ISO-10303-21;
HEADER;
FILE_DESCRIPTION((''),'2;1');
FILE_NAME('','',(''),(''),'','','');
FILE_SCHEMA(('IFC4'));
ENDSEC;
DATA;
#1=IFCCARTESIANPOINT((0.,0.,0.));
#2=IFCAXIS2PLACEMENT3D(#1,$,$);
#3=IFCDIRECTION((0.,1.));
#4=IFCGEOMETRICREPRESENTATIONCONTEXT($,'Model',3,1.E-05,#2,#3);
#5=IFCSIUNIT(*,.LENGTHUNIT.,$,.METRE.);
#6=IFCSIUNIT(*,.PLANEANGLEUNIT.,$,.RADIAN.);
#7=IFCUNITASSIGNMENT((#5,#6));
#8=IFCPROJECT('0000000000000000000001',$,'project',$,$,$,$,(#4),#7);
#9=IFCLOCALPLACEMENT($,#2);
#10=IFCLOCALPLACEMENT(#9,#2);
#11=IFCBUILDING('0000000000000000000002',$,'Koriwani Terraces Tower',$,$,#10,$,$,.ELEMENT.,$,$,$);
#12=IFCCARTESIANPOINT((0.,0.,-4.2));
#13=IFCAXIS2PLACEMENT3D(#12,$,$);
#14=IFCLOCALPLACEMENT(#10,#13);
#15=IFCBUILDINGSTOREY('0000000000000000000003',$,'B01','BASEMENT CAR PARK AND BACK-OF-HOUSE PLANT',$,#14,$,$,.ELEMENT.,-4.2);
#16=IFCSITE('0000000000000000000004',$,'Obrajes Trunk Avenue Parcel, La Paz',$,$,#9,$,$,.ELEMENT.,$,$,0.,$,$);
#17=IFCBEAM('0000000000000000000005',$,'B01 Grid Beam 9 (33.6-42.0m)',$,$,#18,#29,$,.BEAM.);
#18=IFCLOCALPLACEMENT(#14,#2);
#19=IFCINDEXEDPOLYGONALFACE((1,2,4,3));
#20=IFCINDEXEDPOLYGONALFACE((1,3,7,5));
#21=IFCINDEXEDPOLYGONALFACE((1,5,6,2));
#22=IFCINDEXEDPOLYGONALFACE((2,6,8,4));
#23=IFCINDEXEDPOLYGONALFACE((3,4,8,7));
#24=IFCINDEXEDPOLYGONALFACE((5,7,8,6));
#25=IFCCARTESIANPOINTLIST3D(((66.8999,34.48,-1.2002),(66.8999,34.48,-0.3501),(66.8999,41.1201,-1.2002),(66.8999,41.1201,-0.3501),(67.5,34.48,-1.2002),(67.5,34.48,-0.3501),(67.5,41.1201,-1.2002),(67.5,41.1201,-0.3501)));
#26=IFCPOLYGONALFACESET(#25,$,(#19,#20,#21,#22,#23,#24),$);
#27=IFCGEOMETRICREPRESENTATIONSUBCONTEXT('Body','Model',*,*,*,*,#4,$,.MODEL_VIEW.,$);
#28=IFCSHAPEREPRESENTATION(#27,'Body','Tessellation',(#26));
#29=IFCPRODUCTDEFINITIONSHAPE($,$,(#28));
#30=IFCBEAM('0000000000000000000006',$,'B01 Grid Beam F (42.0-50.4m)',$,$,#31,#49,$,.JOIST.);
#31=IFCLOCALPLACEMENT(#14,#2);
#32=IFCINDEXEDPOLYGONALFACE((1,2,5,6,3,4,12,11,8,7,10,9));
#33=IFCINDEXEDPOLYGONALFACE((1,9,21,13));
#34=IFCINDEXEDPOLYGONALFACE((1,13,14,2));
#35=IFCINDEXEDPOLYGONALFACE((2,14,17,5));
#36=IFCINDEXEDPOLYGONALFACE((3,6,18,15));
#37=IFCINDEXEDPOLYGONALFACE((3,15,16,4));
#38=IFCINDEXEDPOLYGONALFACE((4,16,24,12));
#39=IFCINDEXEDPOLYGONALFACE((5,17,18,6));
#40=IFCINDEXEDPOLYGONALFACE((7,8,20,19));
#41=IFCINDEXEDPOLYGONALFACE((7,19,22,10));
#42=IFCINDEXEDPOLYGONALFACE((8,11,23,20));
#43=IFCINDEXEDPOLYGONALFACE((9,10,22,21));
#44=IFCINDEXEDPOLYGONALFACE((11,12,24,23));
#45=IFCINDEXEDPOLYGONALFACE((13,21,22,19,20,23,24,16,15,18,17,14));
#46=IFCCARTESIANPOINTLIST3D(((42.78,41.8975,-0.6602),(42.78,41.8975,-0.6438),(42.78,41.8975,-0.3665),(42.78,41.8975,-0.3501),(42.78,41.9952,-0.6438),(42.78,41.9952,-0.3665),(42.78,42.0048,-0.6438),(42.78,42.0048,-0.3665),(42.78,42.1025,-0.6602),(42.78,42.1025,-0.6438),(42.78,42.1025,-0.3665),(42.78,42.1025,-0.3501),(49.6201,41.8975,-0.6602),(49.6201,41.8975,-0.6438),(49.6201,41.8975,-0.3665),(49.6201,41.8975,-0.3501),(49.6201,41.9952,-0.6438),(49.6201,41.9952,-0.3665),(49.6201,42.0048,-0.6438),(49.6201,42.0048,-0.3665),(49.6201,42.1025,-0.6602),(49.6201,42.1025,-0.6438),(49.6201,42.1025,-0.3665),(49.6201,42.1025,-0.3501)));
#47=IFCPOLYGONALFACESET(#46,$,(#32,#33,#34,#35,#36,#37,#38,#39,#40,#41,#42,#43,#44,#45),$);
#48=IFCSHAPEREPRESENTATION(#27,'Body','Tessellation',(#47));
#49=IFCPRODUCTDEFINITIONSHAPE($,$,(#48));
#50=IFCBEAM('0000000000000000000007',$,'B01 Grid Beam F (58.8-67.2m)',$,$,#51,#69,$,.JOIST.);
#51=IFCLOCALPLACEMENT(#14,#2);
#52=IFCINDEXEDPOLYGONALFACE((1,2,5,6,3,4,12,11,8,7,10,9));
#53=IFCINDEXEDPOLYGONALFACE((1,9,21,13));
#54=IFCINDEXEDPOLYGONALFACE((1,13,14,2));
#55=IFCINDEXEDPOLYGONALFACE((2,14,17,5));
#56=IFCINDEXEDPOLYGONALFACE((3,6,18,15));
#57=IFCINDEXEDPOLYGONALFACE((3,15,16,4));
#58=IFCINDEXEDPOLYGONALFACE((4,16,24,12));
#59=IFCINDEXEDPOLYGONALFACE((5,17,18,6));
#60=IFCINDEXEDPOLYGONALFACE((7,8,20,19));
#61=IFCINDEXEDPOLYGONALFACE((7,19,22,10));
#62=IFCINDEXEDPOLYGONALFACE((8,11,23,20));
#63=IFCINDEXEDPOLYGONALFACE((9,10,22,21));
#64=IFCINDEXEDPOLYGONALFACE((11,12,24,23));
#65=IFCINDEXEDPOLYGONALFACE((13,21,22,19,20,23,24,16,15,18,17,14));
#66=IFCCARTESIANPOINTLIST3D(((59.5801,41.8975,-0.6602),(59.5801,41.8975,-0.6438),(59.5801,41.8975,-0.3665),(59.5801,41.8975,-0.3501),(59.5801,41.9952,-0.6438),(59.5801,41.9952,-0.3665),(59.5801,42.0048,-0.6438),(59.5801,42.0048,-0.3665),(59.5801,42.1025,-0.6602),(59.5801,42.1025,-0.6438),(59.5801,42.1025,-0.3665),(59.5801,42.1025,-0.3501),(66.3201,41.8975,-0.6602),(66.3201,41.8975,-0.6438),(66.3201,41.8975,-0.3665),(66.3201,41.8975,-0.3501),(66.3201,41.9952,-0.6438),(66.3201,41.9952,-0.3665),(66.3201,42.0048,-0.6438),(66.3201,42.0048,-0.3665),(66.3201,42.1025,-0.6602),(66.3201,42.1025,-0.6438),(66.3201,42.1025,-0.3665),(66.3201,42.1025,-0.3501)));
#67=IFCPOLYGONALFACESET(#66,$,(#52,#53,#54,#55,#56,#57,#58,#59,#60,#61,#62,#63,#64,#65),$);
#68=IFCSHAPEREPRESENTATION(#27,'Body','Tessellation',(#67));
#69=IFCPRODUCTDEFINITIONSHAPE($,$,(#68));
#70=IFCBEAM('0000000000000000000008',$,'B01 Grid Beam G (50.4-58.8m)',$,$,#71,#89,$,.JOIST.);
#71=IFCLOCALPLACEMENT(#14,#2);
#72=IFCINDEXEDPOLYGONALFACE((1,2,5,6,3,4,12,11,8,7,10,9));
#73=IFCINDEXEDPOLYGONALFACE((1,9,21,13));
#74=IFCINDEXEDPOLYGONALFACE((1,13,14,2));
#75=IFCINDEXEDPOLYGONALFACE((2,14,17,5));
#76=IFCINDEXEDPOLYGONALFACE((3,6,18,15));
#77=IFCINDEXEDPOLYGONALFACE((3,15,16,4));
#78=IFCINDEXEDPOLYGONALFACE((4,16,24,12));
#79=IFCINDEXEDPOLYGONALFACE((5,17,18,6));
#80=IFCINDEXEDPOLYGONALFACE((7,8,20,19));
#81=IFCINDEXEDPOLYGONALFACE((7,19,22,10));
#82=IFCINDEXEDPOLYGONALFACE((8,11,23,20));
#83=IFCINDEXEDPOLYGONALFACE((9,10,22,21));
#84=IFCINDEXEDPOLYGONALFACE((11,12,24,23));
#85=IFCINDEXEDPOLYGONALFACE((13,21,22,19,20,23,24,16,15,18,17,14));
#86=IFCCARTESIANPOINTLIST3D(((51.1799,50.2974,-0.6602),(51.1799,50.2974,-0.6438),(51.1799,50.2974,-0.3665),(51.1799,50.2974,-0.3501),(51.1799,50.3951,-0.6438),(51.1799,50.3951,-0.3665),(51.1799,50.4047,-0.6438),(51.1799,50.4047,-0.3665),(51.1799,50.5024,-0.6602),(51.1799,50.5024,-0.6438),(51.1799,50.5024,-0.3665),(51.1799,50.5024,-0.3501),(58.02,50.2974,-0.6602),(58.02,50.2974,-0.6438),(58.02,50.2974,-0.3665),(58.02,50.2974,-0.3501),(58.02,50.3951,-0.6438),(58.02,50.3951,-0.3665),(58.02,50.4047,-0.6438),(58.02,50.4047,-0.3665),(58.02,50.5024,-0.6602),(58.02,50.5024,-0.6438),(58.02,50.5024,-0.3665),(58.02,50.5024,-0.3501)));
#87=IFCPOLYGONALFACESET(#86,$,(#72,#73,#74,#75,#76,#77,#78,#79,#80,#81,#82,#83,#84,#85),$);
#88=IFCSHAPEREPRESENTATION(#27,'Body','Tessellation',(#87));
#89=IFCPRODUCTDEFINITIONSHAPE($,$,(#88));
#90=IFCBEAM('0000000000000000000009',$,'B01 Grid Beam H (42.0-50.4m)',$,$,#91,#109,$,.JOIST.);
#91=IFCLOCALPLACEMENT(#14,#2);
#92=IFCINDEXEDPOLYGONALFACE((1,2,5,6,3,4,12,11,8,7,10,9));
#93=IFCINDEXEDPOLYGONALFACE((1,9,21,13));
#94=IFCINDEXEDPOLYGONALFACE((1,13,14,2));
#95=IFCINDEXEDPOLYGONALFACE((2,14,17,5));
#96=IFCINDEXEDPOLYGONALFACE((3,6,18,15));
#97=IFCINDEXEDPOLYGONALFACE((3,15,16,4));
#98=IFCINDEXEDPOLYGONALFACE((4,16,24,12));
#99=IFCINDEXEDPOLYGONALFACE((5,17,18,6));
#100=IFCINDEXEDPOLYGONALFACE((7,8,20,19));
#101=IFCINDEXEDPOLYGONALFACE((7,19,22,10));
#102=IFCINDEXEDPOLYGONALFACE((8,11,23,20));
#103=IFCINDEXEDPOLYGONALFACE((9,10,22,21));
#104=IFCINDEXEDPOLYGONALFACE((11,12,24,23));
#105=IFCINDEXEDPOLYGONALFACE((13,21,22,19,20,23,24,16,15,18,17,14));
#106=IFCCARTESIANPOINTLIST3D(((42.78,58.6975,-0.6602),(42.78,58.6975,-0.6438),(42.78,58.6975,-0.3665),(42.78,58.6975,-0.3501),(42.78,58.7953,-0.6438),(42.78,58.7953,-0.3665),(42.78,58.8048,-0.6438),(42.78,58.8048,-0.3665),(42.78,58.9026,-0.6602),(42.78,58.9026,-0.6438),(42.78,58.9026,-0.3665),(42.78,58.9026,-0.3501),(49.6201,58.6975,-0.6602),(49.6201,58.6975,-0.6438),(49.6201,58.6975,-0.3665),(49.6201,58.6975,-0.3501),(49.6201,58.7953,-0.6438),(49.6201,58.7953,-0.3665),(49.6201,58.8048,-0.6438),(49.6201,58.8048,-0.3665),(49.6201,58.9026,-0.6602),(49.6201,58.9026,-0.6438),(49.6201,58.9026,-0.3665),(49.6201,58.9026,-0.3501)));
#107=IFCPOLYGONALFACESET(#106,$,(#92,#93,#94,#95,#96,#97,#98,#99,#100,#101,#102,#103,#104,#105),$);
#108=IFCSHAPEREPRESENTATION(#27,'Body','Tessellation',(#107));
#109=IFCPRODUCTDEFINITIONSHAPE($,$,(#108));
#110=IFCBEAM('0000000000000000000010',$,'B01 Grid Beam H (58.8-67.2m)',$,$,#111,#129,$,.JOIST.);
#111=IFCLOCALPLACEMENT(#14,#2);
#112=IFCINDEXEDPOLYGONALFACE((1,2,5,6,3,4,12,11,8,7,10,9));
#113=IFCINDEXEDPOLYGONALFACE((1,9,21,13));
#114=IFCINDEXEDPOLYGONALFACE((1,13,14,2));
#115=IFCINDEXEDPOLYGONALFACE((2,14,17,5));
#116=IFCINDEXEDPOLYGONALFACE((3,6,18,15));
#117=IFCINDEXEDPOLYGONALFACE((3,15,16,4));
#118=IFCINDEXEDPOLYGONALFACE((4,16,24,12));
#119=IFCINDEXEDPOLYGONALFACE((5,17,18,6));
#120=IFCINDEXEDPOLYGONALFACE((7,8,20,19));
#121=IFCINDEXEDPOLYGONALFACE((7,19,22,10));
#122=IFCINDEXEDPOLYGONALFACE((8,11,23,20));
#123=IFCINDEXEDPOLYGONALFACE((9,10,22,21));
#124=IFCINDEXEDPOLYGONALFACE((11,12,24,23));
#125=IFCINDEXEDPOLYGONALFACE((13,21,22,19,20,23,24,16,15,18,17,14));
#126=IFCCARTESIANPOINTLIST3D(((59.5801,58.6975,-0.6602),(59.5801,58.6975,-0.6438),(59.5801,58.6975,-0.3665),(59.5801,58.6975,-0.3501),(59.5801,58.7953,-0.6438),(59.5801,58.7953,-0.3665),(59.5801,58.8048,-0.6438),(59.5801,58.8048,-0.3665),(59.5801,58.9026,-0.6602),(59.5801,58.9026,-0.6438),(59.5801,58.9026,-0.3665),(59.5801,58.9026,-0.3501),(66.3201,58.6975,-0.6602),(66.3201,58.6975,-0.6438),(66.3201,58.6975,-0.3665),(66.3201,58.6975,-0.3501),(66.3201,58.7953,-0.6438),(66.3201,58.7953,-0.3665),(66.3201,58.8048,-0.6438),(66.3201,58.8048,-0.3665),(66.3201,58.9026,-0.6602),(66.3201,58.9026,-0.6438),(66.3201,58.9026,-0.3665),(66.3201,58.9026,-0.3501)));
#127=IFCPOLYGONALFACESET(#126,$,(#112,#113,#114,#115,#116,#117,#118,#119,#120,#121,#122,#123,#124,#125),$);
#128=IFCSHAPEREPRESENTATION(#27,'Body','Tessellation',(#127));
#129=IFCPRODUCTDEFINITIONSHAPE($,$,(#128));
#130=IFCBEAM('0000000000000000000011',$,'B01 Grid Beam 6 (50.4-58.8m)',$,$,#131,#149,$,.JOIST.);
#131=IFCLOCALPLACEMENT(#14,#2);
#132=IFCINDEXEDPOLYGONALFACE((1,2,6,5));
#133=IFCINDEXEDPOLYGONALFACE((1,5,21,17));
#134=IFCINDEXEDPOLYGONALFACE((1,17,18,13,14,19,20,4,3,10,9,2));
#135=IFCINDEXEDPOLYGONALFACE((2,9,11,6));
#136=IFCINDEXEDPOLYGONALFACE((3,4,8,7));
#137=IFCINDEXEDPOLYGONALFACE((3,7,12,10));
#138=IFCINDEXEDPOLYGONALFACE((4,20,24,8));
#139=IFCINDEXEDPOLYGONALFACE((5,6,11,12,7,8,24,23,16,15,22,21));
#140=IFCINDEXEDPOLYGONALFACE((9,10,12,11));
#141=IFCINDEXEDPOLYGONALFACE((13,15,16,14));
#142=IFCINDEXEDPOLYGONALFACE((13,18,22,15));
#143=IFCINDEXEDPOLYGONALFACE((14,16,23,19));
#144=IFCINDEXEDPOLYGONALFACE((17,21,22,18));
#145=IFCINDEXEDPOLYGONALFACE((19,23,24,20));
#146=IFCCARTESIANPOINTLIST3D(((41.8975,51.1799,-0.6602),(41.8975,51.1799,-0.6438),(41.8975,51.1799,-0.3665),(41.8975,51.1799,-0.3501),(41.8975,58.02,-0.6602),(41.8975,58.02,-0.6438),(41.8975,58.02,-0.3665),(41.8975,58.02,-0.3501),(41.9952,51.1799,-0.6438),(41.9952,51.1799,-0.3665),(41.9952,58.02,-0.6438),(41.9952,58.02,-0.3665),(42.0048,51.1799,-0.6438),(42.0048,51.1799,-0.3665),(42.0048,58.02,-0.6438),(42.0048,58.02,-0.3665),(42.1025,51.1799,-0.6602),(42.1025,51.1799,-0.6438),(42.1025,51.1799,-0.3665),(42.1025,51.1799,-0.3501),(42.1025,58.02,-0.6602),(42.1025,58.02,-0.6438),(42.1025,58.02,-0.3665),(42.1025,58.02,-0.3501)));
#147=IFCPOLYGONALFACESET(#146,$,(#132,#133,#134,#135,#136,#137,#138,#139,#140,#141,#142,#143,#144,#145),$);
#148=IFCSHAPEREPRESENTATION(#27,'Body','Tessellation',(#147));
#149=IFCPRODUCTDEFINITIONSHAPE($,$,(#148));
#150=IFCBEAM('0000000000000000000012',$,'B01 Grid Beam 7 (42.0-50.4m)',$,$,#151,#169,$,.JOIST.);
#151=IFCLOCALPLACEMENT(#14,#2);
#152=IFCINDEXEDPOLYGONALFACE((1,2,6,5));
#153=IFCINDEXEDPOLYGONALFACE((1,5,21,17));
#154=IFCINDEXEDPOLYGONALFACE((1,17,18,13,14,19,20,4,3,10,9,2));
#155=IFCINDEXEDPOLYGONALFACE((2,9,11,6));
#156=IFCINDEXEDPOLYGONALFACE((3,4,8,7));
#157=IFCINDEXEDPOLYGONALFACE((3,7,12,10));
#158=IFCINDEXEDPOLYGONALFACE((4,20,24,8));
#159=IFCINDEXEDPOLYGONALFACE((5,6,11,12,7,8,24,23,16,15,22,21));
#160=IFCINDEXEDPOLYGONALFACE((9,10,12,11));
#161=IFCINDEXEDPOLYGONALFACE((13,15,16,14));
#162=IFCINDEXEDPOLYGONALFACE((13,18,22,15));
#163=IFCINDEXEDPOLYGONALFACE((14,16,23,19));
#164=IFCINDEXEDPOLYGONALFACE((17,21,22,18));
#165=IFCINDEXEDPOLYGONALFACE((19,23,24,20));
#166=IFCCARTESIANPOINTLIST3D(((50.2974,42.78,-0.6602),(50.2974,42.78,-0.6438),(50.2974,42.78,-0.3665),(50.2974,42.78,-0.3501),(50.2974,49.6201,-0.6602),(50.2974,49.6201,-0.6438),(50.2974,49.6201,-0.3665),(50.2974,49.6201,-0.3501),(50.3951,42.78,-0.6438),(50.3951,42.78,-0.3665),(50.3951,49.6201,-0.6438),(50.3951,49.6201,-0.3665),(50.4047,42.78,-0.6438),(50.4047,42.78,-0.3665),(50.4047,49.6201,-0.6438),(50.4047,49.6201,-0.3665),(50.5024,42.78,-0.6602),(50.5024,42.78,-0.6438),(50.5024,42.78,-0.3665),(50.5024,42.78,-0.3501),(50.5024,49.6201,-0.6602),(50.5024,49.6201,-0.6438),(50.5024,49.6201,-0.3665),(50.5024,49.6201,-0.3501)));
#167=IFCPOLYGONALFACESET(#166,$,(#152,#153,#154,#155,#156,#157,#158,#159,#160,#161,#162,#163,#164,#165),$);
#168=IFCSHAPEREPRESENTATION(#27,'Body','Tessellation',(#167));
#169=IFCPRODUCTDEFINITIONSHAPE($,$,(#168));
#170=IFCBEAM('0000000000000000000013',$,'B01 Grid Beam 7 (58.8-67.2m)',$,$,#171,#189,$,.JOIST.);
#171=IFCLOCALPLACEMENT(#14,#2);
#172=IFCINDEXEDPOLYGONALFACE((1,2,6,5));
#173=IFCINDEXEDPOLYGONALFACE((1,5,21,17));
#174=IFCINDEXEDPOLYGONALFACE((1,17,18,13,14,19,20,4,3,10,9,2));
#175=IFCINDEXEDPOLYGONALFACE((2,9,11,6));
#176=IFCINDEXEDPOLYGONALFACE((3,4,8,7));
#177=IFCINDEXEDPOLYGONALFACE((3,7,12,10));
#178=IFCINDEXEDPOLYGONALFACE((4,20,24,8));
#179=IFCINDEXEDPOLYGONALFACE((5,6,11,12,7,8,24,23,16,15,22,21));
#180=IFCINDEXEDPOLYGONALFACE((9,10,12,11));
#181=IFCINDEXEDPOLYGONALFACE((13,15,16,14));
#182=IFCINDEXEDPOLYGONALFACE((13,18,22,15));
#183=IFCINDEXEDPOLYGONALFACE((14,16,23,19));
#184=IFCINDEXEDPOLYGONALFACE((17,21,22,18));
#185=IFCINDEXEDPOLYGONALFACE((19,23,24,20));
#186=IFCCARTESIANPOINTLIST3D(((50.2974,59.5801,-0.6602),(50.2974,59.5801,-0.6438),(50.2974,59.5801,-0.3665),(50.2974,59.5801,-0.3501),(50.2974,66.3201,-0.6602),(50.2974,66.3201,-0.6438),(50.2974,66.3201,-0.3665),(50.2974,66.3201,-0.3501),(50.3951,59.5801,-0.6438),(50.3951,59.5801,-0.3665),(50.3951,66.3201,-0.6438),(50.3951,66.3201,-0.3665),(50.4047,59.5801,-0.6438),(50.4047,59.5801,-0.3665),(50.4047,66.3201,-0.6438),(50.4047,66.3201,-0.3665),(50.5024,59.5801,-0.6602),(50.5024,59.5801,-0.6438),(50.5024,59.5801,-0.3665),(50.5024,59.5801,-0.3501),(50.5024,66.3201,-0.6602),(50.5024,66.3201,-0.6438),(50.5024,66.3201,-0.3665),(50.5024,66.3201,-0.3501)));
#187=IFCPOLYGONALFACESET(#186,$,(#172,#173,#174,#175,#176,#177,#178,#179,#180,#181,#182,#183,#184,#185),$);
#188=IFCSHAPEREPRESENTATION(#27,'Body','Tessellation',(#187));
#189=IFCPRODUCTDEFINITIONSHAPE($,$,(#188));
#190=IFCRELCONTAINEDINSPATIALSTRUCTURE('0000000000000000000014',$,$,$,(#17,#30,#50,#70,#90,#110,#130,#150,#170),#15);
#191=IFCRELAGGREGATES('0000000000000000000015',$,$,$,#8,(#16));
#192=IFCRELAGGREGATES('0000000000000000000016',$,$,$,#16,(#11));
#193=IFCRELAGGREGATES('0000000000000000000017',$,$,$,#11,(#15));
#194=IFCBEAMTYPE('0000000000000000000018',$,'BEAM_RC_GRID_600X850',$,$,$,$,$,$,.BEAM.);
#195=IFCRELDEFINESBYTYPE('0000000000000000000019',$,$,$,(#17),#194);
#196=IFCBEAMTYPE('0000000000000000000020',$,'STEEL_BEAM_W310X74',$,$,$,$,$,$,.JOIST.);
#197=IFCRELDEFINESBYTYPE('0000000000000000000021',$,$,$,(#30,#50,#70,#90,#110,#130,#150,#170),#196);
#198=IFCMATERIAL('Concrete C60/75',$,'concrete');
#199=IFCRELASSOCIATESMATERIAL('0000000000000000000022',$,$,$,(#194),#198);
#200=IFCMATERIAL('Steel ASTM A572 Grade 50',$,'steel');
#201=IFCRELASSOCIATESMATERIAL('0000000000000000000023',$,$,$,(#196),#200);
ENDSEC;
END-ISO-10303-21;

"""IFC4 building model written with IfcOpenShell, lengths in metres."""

from ifc_helpers import new_model, si_unit, direction, frame, origin, origin_2d, place, context, subcontext, project, spatial, rectangle, i_section, extrude, material, material_profile, profile_set, type_object, element, save


model = new_model("IFC4")

# Units and contexts
model_context = context("Model", 3, precision=1e-05, world=origin(), true_north=direction((0.0, 1.0)))
body_context = subcontext(model_context, "Body", "Model", "MODEL_VIEW")
ifc_project = project(units=[si_unit("LENGTHUNIT", "METRE"), si_unit("PLANEANGLEUNIT", "RADIAN")], contexts=[model_context])

# Site, building, storey
site_placement = place(None, origin())
site = spatial("IfcSite", under=ifc_project, at=site_placement, Name="Obrajes Trunk Avenue Parcel, La Paz", CompositionType="ELEMENT", RefElevation=0.0)
building_placement = place(site_placement, origin())
building = spatial("IfcBuilding", under=site, at=building_placement, Name="Koriwani Terraces Tower", CompositionType="ELEMENT")
storey_placement = place(building_placement, frame((0.0, 0.0, -4.2)))
storey = spatial("IfcBuildingStorey", under=building, at=storey_placement, Name="B01", Description="BASEMENT CAR PARK AND BACK-OF-HOUSE PLANT", CompositionType="ELEMENT", Elevation=-4.2)

# Shared definitions
ifc_material_1 = material(Name="Concrete C60/75", Category="concrete")

# Beams
ifc_material_profile_1 = material_profile(ifc_material_1, rectangle(XDim=0.6001, YDim=0.8501, at=origin_2d()), Name="Concrete C60/75", Category="LoadBearing")
ifc_profile_set_1 = profile_set([ifc_material_profile_1], Name="Concrete C60/75")
beam_type_1 = type_object("IfcBeamType", Name="BEAM_RC_GRID_600X850", PredefinedType="BEAM", material=ifc_profile_set_1)
beam_1_placement = place(storey_placement, frame((67.2, 34.48, -0.7751), z_axis=(0.0, 1.0, 0.0), x_axis=(-1.0, 0.0, 0.0)))
element("IfcBeam", 1, at=beam_1_placement, inside=storey, type_object=beam_type_1, Name="B01 Grid Beam 9 (33.6-42.0m)", PredefinedType="BEAM", context=body_context, shape_type="SweptSolid", body=[
    extrude(rectangle(XDim=0.6001, YDim=0.8501, at=origin_2d()), origin(), (0.0, 0.0, 1.0), 6.6401),
])
ifc_material_2 = material(Name="Steel ASTM A572 Grade 50", Category="steel")
ifc_material_profile_2 = material_profile(ifc_material_2, i_section(OverallWidth=0.2051, OverallDepth=0.3101, WebThickness=0.0095, FlangeThickness=0.0164, at=origin_2d()), Name="Steel ASTM A572 Grade 50", Category="LoadBearing")
ifc_profile_set_2 = profile_set([ifc_material_profile_2], Name="Steel ASTM A572 Grade 50")
beam_type_2 = type_object("IfcBeamType", Name="STEEL_BEAM_W310X74", PredefinedType="JOIST", material=ifc_profile_set_2)
beam_2_placement = place(storey_placement, frame((42.78, 42.0, -0.5051), z_axis=(1.0, 0.0, 0.0), x_axis=(0.0, 1.0, 0.0)))
element("IfcBeam", 2, at=beam_2_placement, inside=storey, type_object=beam_type_2, Name="B01 Grid Beam F (42.0-50.4m)", PredefinedType="JOIST", context=body_context, shape_type="SweptSolid", body=[
    extrude(i_section(OverallWidth=0.2051, OverallDepth=0.3101, WebThickness=0.0095, FlangeThickness=0.0164, at=origin_2d()), origin(), (0.0, 0.0, 1.0), 6.8401),
])
beam_3_placement = place(storey_placement, frame((59.5801, 42.0, -0.5051), z_axis=(1.0, 0.0, 0.0), x_axis=(0.0, 1.0, 0.0)))
element("IfcBeam", 3, at=beam_3_placement, inside=storey, type_object=beam_type_2, Name="B01 Grid Beam F (58.8-67.2m)", PredefinedType="JOIST", context=body_context, shape_type="SweptSolid", body=[
    extrude(i_section(OverallWidth=0.2051, OverallDepth=0.3101, WebThickness=0.0095, FlangeThickness=0.0164, at=origin_2d()), origin(), (0.0, 0.0, 1.0), 6.74),
])
for number, where, z_axis, x_axis, name in (
    (4, (51.1799, 50.3999, -0.5051), (1.0, 0.0, 0.0), (0.0, 1.0, 0.0), "B01 Grid Beam G (50.4-58.8m)"),
    (5, (42.78, 58.8, -0.5051), (1.0, 0.0, 0.0), (0.0, 1.0, 0.0), "B01 Grid Beam H (42.0-50.4m)"),
):
    element("IfcBeam", number, at=place(storey_placement, frame(where, z_axis=z_axis, x_axis=x_axis)), inside=storey, type_object=beam_type_2, Name=name, PredefinedType="JOIST", context=body_context, shape_type="SweptSolid", body=[
        extrude(i_section(OverallWidth=0.2051, OverallDepth=0.3101, WebThickness=0.0095, FlangeThickness=0.0164, at=origin_2d()), origin(), (0.0, 0.0, 1.0), 6.8401),
    ])
beam_4_placement = place(storey_placement, frame((59.5801, 58.8, -0.5051), z_axis=(1.0, 0.0, 0.0), x_axis=(0.0, 1.0, 0.0)))
element("IfcBeam", 6, at=beam_4_placement, inside=storey, type_object=beam_type_2, Name="B01 Grid Beam H (58.8-67.2m)", PredefinedType="JOIST", context=body_context, shape_type="SweptSolid", body=[
    extrude(i_section(OverallWidth=0.2051, OverallDepth=0.3101, WebThickness=0.0095, FlangeThickness=0.0164, at=origin_2d()), origin(), (0.0, 0.0, 1.0), 6.74),
])
for number, where, z_axis, x_axis, name in (
    (7, (42.0, 51.1799, -0.5051), (0.0, 1.0, 0.0), (-1.0, 0.0, 0.0), "B01 Grid Beam 6 (50.4-58.8m)"),
    (8, (50.3999, 42.78, -0.5051), (0.0, 1.0, 0.0), (-1.0, 0.0, 0.0), "B01 Grid Beam 7 (42.0-50.4m)"),
):
    element("IfcBeam", number, at=place(storey_placement, frame(where, z_axis=z_axis, x_axis=x_axis)), inside=storey, type_object=beam_type_2, Name=name, PredefinedType="JOIST", context=body_context, shape_type="SweptSolid", body=[
        extrude(i_section(OverallWidth=0.2051, OverallDepth=0.3101, WebThickness=0.0095, FlangeThickness=0.0164, at=origin_2d()), origin(), (0.0, 0.0, 1.0), 6.8401),
    ])
beam_5_placement = place(storey_placement, frame((50.3999, 59.5801, -0.5051), z_axis=(0.0, 1.0, 0.0), x_axis=(-1.0, 0.0, 0.0)))
element("IfcBeam", 9, at=beam_5_placement, inside=storey, type_object=beam_type_2, Name="B01 Grid Beam 7 (58.8-67.2m)", PredefinedType="JOIST", context=body_context, shape_type="SweptSolid", body=[
    extrude(i_section(OverallWidth=0.2051, OverallDepth=0.3101, WebThickness=0.0095, FlangeThickness=0.0164, at=origin_2d()), origin(), (0.0, 0.0, 1.0), 6.74),
])

save(model, "model.ifc")
